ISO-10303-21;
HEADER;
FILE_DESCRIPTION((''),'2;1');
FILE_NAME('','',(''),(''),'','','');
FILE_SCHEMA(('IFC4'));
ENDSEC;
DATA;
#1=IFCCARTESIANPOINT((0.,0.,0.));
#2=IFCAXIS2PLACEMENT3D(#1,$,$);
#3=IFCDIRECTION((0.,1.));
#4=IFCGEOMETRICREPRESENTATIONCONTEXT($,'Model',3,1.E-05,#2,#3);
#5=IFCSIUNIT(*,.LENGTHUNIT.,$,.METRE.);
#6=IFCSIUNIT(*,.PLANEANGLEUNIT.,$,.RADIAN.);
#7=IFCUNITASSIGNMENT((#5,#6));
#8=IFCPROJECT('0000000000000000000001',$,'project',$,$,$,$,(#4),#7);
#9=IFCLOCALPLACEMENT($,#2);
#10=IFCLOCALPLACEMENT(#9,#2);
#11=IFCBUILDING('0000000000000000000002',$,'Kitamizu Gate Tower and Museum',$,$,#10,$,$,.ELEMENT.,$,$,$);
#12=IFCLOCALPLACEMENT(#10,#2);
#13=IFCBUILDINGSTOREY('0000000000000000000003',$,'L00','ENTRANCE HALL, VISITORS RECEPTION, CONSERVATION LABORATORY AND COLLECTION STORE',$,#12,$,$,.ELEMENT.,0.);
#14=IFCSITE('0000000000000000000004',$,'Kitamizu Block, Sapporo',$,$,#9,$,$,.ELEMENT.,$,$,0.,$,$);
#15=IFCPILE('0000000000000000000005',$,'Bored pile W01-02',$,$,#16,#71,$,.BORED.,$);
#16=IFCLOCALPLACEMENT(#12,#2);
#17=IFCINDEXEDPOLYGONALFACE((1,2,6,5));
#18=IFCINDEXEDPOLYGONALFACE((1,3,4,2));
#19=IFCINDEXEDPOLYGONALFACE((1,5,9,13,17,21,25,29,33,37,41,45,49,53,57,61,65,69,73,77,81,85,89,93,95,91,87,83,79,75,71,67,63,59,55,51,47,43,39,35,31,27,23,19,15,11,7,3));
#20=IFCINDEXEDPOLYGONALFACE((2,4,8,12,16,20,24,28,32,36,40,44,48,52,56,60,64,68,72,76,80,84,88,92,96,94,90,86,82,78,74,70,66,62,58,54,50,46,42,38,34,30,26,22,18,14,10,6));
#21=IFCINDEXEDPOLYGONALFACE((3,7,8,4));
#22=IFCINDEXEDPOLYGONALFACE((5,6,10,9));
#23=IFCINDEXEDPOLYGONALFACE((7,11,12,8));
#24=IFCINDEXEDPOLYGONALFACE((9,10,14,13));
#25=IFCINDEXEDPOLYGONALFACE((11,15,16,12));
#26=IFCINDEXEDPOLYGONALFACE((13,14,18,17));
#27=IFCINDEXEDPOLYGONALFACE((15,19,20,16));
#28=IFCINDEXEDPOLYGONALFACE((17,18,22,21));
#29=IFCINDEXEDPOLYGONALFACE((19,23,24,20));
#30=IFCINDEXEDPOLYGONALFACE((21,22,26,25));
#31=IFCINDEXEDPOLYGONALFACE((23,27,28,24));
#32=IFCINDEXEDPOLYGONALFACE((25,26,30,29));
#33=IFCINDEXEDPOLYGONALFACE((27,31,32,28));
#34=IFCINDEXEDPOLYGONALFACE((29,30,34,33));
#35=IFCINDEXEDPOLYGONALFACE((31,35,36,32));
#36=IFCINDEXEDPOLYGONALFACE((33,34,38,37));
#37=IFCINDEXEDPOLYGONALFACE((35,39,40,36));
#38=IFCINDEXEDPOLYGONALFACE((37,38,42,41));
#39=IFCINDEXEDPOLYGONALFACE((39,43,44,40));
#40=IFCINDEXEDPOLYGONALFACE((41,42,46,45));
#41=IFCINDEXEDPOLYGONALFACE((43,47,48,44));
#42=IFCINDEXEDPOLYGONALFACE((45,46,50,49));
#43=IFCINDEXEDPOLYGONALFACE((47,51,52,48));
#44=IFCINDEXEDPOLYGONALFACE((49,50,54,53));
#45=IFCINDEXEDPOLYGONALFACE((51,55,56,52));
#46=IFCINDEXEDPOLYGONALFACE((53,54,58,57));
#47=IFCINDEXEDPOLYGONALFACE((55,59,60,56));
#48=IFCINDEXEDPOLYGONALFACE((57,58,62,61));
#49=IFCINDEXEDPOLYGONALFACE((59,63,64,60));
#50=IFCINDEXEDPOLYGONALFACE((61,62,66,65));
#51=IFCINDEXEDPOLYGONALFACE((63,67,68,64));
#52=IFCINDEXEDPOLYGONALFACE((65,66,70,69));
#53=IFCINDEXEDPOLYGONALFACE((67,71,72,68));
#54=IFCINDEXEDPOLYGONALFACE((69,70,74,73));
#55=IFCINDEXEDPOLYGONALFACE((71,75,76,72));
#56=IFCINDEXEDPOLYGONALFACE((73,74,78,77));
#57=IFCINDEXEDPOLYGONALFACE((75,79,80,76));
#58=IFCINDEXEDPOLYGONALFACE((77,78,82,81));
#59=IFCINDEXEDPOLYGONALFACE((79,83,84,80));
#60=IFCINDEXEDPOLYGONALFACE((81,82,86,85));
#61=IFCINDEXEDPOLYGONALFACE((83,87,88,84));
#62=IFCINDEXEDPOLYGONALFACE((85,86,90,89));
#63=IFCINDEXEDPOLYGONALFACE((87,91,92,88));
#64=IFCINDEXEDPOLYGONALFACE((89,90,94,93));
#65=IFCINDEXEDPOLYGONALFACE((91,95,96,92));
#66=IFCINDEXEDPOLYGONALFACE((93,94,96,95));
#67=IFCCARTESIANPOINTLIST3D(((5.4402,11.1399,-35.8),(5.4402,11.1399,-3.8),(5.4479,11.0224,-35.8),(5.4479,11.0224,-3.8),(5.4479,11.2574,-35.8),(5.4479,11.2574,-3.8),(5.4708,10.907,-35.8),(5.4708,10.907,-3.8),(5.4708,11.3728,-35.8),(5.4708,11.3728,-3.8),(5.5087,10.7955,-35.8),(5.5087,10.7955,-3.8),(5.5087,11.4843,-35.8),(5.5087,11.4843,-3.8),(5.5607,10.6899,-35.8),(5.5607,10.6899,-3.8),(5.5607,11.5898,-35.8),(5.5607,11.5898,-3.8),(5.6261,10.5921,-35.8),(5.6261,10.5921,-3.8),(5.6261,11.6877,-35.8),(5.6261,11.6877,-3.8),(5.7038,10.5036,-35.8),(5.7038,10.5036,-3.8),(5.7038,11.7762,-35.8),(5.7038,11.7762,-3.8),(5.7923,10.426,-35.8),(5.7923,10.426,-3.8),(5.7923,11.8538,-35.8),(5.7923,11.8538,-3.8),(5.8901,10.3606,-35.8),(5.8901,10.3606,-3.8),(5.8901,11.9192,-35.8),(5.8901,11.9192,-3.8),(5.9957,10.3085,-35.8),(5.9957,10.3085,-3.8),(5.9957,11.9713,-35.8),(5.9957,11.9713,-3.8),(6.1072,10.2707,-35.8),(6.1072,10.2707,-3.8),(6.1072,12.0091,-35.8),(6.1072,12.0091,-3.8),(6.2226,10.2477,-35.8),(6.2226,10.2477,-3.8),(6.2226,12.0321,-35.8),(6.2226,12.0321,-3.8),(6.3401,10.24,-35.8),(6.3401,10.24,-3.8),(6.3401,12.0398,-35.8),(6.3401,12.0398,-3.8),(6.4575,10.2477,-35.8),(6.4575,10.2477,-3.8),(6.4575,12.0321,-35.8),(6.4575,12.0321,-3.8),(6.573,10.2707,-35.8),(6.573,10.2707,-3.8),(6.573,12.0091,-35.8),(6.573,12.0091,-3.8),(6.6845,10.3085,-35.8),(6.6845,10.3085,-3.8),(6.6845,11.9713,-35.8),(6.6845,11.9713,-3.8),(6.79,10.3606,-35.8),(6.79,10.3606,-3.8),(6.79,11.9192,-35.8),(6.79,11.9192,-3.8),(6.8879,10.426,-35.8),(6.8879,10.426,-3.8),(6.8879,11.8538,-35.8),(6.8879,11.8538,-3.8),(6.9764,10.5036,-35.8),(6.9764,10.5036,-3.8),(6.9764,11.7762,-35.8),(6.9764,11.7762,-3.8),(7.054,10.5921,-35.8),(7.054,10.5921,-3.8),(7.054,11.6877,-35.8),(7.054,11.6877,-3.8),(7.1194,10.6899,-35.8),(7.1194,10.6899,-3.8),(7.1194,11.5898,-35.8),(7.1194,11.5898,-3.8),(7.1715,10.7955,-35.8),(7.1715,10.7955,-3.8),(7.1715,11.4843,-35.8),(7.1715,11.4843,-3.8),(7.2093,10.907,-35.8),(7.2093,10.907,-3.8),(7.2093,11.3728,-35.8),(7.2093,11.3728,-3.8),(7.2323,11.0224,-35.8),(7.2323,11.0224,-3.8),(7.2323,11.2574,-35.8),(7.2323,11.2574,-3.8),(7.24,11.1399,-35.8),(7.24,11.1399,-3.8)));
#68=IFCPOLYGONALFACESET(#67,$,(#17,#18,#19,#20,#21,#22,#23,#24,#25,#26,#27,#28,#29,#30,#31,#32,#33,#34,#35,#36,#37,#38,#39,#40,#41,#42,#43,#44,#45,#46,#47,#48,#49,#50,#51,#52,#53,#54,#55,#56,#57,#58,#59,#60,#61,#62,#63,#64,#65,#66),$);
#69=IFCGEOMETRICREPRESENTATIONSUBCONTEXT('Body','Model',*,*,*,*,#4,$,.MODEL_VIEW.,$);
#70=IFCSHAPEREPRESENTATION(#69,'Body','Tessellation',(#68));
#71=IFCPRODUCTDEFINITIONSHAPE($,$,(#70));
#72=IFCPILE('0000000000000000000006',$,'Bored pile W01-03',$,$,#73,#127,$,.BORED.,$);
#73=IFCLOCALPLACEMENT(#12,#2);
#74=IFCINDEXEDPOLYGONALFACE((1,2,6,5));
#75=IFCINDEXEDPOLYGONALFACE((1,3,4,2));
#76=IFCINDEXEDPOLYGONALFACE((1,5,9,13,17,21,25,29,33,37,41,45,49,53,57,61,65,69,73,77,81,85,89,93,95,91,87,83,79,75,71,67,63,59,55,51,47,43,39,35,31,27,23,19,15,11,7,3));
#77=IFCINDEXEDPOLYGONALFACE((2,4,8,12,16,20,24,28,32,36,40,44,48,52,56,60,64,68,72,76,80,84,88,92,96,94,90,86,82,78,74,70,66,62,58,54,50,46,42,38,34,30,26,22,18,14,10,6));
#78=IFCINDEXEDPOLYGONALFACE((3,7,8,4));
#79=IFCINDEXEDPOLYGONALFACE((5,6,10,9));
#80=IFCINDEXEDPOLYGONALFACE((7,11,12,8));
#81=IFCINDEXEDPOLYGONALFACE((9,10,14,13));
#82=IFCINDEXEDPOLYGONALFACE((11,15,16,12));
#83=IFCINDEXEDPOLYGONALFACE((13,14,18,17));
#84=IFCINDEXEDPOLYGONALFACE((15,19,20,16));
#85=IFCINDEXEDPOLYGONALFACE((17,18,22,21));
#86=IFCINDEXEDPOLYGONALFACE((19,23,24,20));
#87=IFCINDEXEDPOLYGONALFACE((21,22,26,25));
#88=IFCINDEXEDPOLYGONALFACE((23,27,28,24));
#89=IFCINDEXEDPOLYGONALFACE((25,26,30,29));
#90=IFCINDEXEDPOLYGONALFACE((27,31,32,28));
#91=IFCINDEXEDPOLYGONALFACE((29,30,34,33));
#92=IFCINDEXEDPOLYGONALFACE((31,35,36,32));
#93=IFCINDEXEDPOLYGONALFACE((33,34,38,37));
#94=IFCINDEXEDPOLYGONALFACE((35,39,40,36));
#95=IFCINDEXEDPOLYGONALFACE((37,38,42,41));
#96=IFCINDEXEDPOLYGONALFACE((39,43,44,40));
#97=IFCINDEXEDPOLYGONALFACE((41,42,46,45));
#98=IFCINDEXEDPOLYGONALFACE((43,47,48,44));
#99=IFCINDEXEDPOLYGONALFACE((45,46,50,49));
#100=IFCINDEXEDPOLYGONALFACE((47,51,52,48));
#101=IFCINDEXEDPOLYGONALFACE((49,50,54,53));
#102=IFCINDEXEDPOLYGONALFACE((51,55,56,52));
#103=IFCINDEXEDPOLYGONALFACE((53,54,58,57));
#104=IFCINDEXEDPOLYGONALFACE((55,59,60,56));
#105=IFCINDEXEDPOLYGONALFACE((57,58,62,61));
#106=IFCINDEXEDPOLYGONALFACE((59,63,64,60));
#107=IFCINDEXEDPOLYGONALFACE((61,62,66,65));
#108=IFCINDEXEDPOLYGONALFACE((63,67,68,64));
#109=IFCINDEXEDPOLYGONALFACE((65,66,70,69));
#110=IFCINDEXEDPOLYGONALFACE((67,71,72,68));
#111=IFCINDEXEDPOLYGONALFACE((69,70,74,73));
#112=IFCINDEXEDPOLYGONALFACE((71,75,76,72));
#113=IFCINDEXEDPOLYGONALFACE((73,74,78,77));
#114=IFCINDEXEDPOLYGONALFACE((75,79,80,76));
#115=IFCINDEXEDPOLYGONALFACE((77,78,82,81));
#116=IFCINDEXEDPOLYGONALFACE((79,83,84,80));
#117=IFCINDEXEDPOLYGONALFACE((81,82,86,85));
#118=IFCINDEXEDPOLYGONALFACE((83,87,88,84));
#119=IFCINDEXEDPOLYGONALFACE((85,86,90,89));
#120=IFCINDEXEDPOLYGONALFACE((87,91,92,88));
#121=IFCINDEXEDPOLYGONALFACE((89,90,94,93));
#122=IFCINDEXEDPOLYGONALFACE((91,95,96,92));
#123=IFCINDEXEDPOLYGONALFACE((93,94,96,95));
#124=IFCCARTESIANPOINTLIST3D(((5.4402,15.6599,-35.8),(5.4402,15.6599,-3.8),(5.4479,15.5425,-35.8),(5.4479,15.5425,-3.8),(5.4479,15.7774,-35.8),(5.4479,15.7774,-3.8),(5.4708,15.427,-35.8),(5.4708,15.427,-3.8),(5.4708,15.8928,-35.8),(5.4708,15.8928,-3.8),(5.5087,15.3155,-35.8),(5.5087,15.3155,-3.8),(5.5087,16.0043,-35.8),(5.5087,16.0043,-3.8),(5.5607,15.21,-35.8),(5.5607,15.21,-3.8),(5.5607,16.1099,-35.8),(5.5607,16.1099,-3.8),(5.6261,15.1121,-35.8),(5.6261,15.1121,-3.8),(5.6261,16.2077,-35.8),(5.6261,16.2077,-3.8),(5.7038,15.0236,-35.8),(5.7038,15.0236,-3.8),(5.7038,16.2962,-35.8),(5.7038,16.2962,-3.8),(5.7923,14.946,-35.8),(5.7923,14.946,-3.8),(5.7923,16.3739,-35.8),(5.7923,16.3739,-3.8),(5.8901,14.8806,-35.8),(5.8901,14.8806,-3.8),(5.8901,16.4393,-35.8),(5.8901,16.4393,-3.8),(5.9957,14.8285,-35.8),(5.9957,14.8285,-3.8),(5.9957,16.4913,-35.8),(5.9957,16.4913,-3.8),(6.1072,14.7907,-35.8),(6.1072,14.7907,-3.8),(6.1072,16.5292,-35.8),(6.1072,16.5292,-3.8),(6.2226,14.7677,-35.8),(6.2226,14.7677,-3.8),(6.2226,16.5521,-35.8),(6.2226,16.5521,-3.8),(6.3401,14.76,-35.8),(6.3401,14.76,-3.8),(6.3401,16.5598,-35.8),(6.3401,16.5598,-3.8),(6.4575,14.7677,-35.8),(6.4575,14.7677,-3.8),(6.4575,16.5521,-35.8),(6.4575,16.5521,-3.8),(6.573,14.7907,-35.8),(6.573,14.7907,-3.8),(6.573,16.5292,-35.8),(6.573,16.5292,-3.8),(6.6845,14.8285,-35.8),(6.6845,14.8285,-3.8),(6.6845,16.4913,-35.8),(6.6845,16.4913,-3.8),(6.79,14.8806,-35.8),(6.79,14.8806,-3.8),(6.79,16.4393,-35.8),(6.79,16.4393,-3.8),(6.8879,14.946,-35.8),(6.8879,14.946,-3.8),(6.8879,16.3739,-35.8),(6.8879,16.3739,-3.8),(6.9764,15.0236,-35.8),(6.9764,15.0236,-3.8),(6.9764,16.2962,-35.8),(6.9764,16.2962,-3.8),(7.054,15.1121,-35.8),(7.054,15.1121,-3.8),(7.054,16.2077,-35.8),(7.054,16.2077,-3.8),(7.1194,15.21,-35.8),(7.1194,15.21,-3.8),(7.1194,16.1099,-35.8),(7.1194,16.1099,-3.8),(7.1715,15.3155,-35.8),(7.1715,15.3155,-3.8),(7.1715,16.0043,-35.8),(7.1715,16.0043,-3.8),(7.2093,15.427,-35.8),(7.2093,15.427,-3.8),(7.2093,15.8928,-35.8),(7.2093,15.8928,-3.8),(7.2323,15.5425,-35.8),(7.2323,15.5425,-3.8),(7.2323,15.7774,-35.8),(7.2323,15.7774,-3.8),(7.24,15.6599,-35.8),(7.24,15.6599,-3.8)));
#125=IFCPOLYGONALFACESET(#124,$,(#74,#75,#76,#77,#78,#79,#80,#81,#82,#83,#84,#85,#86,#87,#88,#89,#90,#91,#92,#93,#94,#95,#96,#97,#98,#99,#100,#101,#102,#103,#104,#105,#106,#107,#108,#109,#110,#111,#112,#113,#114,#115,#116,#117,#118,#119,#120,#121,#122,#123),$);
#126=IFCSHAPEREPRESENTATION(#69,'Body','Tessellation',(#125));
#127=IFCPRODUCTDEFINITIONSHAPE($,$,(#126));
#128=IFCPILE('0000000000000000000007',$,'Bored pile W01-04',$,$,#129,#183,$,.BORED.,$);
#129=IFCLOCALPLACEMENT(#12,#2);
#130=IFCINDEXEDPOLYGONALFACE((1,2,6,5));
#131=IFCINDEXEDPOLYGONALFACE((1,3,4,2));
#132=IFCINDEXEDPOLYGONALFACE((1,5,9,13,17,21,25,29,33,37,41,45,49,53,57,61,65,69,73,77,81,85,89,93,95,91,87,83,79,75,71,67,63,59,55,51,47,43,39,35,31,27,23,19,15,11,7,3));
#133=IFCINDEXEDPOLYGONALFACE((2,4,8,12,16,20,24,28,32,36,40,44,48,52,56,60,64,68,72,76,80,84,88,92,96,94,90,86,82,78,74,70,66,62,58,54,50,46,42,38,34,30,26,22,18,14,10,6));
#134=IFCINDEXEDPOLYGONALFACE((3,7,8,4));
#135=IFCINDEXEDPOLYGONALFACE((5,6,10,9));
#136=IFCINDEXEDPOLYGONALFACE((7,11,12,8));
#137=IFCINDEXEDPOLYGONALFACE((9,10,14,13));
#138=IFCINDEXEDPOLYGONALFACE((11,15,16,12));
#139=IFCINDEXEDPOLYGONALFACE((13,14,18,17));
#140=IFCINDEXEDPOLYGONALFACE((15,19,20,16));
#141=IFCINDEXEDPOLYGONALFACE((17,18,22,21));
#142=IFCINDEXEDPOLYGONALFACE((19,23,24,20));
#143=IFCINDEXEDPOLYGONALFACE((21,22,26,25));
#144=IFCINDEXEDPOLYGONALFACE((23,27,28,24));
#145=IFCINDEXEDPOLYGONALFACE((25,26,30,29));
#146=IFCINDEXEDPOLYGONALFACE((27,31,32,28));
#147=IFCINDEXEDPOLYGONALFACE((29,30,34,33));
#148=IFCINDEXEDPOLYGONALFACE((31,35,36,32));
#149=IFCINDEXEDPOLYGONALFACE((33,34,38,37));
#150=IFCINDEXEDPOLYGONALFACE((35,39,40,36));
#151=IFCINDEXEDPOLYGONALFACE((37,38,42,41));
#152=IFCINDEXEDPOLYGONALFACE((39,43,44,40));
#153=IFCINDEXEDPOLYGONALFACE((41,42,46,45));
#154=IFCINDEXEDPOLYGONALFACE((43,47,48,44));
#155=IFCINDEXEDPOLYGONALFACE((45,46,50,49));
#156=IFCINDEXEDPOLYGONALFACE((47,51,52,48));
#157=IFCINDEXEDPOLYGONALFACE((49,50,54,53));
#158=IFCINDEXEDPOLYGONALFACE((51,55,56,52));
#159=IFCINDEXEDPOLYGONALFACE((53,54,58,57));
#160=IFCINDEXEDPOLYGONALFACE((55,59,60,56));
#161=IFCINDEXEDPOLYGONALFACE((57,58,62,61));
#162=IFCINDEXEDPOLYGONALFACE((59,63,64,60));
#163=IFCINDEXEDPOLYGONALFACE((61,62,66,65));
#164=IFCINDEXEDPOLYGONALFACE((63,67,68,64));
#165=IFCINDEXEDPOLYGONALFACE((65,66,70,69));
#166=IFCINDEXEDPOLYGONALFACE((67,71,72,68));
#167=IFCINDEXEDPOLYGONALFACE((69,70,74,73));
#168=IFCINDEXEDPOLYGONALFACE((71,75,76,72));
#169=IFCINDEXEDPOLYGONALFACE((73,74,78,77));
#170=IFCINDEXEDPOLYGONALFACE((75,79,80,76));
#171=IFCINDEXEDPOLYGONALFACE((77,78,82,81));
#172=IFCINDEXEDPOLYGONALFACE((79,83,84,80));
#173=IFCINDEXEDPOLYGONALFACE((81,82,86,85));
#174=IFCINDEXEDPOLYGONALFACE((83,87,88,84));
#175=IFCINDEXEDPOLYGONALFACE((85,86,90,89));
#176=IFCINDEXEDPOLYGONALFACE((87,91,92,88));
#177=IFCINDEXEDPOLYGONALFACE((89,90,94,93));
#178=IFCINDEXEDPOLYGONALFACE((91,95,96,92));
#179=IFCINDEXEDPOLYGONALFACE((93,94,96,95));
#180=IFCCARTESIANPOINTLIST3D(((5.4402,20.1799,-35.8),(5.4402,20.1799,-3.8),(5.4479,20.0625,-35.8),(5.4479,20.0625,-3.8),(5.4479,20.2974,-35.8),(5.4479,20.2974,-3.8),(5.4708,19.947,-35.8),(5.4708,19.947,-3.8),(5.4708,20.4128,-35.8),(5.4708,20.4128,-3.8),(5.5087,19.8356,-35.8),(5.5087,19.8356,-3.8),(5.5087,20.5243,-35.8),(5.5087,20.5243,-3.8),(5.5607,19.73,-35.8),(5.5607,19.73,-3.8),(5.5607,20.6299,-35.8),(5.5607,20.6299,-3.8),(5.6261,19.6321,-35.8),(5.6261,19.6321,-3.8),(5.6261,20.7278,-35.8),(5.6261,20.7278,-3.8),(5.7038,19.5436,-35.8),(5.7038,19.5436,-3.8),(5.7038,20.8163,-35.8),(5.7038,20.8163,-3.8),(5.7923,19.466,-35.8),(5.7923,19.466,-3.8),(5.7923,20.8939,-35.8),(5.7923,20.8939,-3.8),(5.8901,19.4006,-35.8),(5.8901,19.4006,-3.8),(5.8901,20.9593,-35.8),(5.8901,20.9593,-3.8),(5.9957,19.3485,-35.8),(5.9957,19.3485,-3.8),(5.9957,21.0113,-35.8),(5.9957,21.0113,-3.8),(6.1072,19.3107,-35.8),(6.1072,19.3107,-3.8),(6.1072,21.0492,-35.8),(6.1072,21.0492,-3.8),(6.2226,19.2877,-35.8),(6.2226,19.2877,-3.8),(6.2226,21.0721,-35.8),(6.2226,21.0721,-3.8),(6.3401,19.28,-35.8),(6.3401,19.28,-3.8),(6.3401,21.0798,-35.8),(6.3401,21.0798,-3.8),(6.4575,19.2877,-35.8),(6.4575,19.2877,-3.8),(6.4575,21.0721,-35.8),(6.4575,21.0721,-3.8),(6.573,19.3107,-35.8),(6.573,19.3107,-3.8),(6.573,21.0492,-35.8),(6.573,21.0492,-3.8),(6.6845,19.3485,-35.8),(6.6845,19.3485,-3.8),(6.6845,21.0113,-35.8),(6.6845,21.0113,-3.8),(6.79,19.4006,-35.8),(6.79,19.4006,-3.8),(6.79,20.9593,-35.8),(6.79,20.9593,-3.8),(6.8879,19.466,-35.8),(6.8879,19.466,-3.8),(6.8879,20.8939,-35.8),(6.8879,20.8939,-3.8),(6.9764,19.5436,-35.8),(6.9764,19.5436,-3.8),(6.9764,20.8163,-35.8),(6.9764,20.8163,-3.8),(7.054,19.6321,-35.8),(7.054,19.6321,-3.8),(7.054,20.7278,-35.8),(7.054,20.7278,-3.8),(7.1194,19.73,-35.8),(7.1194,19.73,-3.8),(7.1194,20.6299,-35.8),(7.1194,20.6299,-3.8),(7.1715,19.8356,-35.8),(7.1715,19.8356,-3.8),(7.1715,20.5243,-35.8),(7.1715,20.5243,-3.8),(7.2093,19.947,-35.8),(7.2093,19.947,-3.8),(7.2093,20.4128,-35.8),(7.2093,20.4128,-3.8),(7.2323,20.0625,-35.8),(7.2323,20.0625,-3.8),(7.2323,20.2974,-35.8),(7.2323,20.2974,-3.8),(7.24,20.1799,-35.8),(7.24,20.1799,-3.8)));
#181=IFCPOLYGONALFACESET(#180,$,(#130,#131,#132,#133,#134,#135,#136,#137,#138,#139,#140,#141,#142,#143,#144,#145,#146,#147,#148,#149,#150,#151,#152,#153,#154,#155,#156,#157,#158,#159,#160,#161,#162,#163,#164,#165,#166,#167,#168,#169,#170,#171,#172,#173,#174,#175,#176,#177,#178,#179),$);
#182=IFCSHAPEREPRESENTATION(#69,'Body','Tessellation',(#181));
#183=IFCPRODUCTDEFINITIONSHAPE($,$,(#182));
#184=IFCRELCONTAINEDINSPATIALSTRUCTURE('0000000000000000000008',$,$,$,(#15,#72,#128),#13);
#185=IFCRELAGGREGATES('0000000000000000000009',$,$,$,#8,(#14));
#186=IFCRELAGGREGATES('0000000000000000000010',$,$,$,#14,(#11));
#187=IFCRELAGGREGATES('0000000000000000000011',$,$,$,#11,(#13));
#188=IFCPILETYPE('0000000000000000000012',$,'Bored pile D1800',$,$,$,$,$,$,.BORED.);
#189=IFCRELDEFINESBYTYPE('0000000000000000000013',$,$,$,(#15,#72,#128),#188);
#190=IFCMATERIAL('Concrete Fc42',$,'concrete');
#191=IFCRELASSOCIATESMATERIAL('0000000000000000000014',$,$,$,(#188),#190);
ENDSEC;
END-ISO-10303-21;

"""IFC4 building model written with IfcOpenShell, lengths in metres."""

from ifc_helpers import new_model, si_unit, direction, frame, origin, origin_2d, place, context, subcontext, project, spatial, circle, extrude, material, material_profile, profile_set, type_object, element, save


model = new_model("IFC4")

# Units and contexts
model_context = context("Model", 3, precision=1e-05, world=origin(), true_north=direction((0.0, 1.0)))
body_context = subcontext(model_context, "Body", "Model", "MODEL_VIEW")
ifc_project = project(units=[si_unit("LENGTHUNIT", "METRE"), si_unit("PLANEANGLEUNIT", "RADIAN")], contexts=[model_context])

# Site, building, storey
site_placement = place(None, origin())
site = spatial("IfcSite", under=ifc_project, at=site_placement, Name="Kitamizu Block, Sapporo", CompositionType="ELEMENT", RefElevation=0.0)
building_placement = place(site_placement, origin())
building = spatial("IfcBuilding", under=site, at=building_placement, Name="Kitamizu Gate Tower and Museum", CompositionType="ELEMENT")
storey_placement = place(building_placement, origin())
storey = spatial("IfcBuildingStorey", under=building, at=storey_placement, Name="L00", Description="ENTRANCE HALL, VISITORS RECEPTION, CONSERVATION LABORATORY AND COLLECTION STORE", CompositionType="ELEMENT", Elevation=0.0)

# Piles
ifc_material_1 = material(Name="Concrete Fc42", Category="concrete")
ifc_material_profile_1 = material_profile(ifc_material_1, circle(Radius=0.8999, at=origin_2d()), Name="Bored pile D1800")
ifc_profile_set_1 = profile_set([ifc_material_profile_1], Name="Concrete Fc42")
pile_type_1 = type_object("IfcPileType", Name="Bored pile D1800", PredefinedType="BORED", material=ifc_profile_set_1)
for number, where, z_axis, x_axis, name in (
    (1, (6.3401, 11.1399, -3.8), (0.0, 0.0, -1.0), (1.0, 0.0, 0.0), "Bored pile W01-02"),
    (2, (6.3401, 15.6599, -3.8), (0.0, 0.0, -1.0), (1.0, 0.0, 0.0), "Bored pile W01-03"),
    (3, (6.3401, 20.1799, -3.8), (0.0, 0.0, -1.0), (1.0, 0.0, 0.0), "Bored pile W01-04"),
):
    element("IfcPile", number, at=place(storey_placement, frame(where, z_axis=z_axis, x_axis=x_axis)), inside=storey, type_object=pile_type_1, Name=name, PredefinedType="BORED", context=body_context, shape_type="SweptSolid", body=[
        extrude(circle(Radius=0.8999, at=origin_2d()), origin(), (0.0, 0.0, 1.0), 32.0),
    ])

save(model, "model.ifc")
